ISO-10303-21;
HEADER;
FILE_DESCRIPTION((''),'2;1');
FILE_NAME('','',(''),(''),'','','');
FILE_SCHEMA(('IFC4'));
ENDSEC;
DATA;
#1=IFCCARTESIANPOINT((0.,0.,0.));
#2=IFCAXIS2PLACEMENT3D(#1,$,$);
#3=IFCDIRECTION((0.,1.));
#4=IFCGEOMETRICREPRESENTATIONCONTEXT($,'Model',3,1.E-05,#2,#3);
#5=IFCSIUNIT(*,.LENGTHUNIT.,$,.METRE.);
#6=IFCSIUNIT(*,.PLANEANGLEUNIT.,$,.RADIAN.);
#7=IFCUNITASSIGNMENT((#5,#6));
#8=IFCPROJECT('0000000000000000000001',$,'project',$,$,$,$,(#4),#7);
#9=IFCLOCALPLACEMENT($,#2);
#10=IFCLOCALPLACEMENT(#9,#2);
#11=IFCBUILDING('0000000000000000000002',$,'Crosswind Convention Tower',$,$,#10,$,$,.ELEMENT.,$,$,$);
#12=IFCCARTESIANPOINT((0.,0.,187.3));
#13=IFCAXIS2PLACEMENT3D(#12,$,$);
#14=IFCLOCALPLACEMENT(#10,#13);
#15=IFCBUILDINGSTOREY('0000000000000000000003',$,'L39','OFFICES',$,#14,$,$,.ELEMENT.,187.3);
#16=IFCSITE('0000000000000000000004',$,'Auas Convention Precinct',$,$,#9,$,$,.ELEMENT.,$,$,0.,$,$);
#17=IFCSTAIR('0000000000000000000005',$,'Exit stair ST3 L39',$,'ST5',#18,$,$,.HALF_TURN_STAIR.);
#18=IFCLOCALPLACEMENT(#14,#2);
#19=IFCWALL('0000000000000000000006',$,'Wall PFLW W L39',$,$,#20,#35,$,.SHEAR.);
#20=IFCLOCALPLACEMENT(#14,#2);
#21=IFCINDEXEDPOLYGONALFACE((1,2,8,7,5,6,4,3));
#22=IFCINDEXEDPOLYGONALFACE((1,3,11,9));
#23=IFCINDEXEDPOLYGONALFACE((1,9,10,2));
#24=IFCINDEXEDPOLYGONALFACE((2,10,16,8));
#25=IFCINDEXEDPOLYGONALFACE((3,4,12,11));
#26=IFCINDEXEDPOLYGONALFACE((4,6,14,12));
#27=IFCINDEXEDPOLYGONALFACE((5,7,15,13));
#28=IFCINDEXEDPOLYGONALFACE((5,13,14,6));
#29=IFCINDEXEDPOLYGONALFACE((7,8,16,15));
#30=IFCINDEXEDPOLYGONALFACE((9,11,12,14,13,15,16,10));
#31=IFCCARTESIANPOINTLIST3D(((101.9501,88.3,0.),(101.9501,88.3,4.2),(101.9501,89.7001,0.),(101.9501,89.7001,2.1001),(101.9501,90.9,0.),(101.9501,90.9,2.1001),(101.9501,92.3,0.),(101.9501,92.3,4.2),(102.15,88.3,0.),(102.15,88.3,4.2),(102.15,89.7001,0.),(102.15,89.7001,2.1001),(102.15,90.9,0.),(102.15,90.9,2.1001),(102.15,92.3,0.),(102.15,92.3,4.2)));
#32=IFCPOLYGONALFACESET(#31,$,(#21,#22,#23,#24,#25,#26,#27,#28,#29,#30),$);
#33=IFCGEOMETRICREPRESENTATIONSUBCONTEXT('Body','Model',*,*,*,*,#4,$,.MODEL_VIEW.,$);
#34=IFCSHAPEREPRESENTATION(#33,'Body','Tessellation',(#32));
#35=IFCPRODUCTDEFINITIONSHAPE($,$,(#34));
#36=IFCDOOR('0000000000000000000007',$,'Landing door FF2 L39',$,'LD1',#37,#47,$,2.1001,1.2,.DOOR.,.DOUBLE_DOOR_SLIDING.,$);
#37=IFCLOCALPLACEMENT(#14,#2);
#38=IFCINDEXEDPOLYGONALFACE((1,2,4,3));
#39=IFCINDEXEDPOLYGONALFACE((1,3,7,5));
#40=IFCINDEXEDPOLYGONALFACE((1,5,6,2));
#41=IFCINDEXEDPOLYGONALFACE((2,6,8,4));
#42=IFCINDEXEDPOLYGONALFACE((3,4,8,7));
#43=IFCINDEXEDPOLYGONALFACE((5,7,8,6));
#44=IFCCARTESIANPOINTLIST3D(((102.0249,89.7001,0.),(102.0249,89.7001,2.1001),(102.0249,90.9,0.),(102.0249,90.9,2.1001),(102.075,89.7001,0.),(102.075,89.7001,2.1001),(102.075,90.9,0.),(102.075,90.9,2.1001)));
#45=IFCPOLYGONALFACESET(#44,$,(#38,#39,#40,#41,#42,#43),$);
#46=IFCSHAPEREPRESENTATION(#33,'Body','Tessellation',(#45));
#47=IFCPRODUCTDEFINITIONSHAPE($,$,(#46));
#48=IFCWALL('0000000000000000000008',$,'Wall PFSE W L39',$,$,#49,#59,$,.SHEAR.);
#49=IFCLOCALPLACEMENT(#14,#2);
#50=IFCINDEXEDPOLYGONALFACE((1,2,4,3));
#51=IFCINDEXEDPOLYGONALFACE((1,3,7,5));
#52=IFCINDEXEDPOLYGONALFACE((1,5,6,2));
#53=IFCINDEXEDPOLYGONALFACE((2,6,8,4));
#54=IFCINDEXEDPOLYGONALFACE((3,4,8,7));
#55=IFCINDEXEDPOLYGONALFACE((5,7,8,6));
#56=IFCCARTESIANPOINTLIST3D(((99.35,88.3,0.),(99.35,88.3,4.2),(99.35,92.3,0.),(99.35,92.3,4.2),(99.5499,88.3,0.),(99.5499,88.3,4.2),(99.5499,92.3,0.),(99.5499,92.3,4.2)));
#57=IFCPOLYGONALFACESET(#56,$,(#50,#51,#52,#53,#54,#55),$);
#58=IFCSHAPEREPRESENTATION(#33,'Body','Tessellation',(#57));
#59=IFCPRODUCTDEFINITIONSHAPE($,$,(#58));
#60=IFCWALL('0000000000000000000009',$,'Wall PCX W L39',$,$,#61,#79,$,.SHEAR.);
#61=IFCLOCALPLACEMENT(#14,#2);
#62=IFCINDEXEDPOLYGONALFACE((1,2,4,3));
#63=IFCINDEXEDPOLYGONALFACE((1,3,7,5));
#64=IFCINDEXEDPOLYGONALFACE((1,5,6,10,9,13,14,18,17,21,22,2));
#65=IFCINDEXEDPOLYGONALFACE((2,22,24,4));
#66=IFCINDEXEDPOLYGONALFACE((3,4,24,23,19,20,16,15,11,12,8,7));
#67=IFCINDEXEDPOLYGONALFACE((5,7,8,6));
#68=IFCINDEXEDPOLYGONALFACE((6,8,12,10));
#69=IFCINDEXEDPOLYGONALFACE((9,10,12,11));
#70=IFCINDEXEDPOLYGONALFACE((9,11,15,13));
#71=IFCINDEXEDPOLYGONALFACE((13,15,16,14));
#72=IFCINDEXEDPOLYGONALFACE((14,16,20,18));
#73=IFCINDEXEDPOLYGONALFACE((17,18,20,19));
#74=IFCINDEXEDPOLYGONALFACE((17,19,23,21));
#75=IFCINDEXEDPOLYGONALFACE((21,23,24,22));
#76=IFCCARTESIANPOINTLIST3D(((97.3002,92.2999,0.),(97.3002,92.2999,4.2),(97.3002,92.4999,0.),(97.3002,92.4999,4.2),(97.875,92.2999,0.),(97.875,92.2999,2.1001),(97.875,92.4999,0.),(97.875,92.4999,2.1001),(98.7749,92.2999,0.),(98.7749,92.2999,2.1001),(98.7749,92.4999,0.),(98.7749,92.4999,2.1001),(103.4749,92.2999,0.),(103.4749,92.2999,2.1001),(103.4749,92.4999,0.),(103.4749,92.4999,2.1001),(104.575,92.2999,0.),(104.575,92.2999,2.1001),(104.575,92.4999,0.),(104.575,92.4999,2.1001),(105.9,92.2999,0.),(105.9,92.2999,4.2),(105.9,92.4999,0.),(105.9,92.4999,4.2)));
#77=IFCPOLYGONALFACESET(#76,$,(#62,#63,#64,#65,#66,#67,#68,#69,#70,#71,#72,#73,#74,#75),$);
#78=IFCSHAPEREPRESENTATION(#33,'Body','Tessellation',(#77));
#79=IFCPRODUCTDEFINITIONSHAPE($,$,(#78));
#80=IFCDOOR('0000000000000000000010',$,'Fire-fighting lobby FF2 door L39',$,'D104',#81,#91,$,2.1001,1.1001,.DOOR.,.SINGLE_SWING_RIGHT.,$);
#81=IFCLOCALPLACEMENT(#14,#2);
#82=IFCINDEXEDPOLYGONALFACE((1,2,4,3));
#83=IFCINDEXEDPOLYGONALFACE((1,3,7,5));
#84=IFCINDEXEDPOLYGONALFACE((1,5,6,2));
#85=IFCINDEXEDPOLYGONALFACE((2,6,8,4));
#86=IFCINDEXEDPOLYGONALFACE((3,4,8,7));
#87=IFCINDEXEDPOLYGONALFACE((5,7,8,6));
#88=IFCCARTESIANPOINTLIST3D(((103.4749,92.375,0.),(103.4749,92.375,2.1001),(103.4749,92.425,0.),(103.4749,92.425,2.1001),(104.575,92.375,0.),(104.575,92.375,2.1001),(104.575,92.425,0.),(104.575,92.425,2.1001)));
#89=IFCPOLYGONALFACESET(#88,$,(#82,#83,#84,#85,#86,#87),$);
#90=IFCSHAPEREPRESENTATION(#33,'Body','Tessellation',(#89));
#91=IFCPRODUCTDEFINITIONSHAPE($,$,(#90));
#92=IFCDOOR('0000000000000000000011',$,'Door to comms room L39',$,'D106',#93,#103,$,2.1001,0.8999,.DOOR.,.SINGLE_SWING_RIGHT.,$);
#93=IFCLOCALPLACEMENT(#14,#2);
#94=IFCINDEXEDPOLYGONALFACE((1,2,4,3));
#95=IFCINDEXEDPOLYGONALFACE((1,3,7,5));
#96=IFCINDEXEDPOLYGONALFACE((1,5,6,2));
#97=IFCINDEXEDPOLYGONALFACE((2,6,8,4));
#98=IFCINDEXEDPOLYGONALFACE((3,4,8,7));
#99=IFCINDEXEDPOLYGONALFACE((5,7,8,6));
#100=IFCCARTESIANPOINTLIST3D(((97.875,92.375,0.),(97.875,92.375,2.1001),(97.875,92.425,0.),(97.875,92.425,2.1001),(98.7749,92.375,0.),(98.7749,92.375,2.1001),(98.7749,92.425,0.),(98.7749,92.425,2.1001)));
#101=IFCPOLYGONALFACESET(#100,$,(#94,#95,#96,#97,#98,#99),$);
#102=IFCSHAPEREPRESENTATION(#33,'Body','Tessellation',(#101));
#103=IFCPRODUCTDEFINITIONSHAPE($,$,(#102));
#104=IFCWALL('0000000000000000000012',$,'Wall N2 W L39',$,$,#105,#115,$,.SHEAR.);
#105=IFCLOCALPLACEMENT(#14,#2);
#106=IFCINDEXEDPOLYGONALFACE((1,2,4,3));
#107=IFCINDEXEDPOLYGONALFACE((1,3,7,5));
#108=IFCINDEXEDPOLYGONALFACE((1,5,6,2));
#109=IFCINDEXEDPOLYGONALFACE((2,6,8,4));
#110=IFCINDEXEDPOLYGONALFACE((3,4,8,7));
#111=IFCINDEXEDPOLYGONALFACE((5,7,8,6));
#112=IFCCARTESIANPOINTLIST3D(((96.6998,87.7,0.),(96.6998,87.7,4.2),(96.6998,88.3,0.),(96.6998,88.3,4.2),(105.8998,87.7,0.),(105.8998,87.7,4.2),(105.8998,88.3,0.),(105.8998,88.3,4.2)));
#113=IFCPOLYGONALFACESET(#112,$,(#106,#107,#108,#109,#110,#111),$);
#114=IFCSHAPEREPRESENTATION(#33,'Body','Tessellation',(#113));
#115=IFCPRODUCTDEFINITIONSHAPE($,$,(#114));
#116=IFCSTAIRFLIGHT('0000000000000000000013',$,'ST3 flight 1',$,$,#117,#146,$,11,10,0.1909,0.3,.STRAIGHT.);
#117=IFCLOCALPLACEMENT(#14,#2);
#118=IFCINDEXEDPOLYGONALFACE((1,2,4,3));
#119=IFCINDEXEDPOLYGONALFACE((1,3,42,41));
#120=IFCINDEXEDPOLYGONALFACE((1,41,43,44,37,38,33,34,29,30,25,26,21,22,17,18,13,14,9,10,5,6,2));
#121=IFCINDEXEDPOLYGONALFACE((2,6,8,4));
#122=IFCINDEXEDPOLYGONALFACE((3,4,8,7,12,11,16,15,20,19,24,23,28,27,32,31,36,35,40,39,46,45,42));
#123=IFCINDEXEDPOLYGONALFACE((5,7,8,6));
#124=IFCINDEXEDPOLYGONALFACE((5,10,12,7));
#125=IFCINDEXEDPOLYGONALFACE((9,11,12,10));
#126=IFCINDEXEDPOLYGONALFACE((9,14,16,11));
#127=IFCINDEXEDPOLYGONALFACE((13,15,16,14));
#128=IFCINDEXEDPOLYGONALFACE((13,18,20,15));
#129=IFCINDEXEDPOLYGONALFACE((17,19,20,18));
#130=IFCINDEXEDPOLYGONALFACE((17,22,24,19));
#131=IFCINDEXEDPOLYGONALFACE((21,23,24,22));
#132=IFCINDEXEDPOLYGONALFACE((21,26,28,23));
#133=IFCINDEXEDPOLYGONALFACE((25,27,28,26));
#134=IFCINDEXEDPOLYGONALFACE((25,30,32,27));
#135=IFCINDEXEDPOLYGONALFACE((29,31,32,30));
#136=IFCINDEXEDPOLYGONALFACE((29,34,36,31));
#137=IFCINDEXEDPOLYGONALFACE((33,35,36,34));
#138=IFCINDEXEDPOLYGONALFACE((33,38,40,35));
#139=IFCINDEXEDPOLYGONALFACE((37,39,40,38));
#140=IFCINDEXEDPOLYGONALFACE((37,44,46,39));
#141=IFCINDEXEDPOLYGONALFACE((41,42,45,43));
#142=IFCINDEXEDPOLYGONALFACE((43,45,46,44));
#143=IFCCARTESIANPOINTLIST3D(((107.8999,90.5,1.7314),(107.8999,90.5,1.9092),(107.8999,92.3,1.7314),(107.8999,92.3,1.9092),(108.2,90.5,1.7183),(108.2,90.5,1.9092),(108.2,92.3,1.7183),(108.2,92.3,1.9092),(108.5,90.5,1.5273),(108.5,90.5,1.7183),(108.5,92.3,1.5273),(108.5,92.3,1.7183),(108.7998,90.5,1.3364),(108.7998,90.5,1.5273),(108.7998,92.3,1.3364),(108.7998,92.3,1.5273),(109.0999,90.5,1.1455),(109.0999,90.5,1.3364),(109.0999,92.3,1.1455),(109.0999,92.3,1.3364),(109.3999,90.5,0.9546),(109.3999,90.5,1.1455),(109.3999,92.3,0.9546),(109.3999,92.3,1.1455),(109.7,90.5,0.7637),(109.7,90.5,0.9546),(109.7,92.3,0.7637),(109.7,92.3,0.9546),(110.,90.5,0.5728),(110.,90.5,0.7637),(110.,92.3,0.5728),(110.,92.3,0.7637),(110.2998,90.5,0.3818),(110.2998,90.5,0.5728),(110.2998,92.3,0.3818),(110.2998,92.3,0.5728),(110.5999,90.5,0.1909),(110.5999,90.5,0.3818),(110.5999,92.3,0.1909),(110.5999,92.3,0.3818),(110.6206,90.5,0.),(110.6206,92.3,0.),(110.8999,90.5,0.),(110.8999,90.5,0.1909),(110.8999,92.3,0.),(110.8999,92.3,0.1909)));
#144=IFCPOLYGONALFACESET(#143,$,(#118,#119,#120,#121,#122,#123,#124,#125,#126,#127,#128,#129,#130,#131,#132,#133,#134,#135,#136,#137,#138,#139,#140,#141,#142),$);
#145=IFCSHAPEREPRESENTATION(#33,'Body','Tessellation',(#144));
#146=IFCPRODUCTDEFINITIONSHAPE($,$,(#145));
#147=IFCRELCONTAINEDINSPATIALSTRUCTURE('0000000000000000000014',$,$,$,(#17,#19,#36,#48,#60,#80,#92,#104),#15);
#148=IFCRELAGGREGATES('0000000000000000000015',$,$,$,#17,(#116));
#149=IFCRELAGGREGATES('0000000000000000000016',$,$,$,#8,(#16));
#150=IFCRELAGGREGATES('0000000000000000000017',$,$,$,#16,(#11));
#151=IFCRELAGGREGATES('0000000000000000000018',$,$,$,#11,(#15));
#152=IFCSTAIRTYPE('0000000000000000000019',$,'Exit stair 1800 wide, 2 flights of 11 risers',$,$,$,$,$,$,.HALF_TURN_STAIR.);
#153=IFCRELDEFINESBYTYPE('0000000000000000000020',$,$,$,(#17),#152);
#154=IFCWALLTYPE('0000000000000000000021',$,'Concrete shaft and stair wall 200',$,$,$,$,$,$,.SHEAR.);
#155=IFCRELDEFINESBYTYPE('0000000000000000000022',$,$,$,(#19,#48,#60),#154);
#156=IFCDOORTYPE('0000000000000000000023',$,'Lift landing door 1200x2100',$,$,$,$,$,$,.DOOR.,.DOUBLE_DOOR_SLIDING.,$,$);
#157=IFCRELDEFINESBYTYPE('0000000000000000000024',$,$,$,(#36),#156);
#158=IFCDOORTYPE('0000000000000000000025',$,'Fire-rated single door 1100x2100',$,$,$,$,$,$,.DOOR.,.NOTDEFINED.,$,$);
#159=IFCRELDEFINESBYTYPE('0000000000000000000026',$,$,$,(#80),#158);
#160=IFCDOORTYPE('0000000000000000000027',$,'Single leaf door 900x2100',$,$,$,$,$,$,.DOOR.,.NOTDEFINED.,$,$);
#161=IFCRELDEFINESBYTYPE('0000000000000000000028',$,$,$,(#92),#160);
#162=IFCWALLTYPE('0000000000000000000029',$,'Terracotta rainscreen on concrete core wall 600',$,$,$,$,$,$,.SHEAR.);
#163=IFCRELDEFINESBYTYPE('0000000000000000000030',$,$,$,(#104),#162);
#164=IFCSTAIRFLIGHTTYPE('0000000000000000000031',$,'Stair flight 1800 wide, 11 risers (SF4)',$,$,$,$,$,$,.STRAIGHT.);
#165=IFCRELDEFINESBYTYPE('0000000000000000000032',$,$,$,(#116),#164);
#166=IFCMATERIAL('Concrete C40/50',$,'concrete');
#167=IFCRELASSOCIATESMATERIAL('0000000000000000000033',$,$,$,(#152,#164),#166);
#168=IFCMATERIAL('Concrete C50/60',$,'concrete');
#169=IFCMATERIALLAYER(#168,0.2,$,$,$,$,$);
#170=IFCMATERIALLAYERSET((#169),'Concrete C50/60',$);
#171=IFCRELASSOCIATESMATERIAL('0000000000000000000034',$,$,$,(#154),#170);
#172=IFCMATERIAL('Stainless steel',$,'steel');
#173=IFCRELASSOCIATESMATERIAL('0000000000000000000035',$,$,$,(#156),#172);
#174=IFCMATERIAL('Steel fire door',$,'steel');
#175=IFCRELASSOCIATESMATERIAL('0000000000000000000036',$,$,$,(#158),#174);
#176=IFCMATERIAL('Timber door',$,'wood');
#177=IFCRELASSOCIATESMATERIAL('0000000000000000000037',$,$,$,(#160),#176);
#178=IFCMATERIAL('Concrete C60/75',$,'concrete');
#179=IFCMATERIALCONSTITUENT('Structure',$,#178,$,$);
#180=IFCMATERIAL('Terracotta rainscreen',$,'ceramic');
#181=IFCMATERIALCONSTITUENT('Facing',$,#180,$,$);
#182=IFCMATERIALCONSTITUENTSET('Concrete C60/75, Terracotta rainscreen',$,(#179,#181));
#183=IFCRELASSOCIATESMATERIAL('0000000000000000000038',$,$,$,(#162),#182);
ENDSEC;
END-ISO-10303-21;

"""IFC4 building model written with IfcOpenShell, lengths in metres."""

from ifc_helpers import new_model, si_unit, direction, frame, frame_2d, origin, place, context, subcontext, project, spatial, polyline, rectangle, outline, extrude, material, layer, layer_set, constituent, constituent_set, type_object, element, fill, aggregate, save


model = new_model("IFC4")

# Units and contexts
model_context = context("Model", 3, precision=1e-05, world=origin(), true_north=direction((0.0, 1.0)))
body_context = subcontext(model_context, "Body", "Model", "MODEL_VIEW")
ifc_project = project(units=[si_unit("LENGTHUNIT", "METRE"), si_unit("PLANEANGLEUNIT", "RADIAN")], contexts=[model_context])

# Site, building, storey
site_placement = place(None, origin())
site = spatial("IfcSite", under=ifc_project, at=site_placement, Name="Auas Convention Precinct", CompositionType="ELEMENT", RefElevation=0.0)
building_placement = place(site_placement, origin())
building = spatial("IfcBuilding", under=site, at=building_placement, Name="Crosswind Convention Tower", CompositionType="ELEMENT")
storey_placement = place(building_placement, frame((0.0, 0.0, 187.3)))
storey = spatial("IfcBuildingStorey", under=building, at=storey_placement, Name="L39", Description="OFFICES", CompositionType="ELEMENT", Elevation=187.3)

# Shared definitions
ifc_material_1 = material(Name="Concrete C40/50", Category="concrete")

# Stair
stair_type = type_object("IfcStairType", Name="Exit stair 1800 wide, 2 flights of 11 risers", PredefinedType="HALF_TURN_STAIR", material=ifc_material_1)
stair_1_placement = place(storey_placement, origin())
stair_1 = element("IfcStair", 1, at=stair_1_placement, inside=storey, type_object=stair_type, Name="Exit stair ST3 L39", ObjectType="ST5", PredefinedType="HALF_TURN_STAIR")

# Shared definitions
ifc_material_2 = material(Name="Concrete C50/60", Category="concrete")
ifc_layer_1 = layer(ifc_material_2, 0.2)
ifc_layer_set_1 = layer_set([ifc_layer_1], Name="Concrete C50/60")
wall_type_1 = type_object("IfcWallType", Name="Concrete shaft and stair wall 200", PredefinedType="SHEAR", material=ifc_layer_set_1)

# Wall, opening, door
wall_1_placement = place(storey_placement, frame((102.05, 92.3, 0.0), z_axis=(0.0, 0.0, 1.0), x_axis=(0.0, -1.0, 0.0)))
wall_1 = element("IfcWall", 2, at=wall_1_placement, inside=storey, type_object=wall_type_1, Name="Wall PFLW W L39", PredefinedType="SHEAR", context=body_context, shape_type="SweptSolid", body=[
    extrude(rectangle(XDim=4.0, YDim=0.2, at=frame_2d((2.0, 0.0))), origin(), (0.0, 0.0, 1.0), 4.2),
])
opening_1_placement = place(wall_1_placement, frame((1.3999, 0.0, 0.0)))
opening_1 = element("IfcOpeningElement", 3, at=opening_1_placement, cuts=wall_1, PredefinedType="OPENING", context=body_context, shape_type="SweptSolid", body=[
    extrude(rectangle(XDim=1.2, YDim=2.1001, at=frame_2d((0.6001, 1.05))), frame((0.0, 0.1099, 0.0), z_axis=(0.0, -1.0, 0.0), x_axis=(1.0, 0.0, 0.0)), (0.0, 0.0, 1.0), 0.22),
])
ifc_material_3 = material(Name="Stainless steel", Category="steel")
door_type_1 = type_object("IfcDoorType", Name="Lift landing door 1200x2100", OperationType="DOUBLE_DOOR_SLIDING", PredefinedType="DOOR", material=ifc_material_3)
door_1_placement = place(opening_1_placement, origin())
door_1 = element("IfcDoor", 4, at=door_1_placement, inside=storey, type_object=door_type_1, Name="Landing door FF2 L39", ObjectType="LD1", OperationType="DOUBLE_DOOR_SLIDING", OverallHeight=2.1001, OverallWidth=1.2, PredefinedType="DOOR", context=body_context, shape_type="SweptSolid", body=[
    extrude(rectangle(XDim=1.2, YDim=2.1001, at=frame_2d((0.6001, 1.05))), frame((0.0, 0.0249, 0.0), z_axis=(0.0, -1.0, 0.0), x_axis=(1.0, 0.0, 0.0)), (0.0, 0.0, 1.0), 0.05),
])
fill(opening_1, door_1)

# Wall
wall_2_placement = place(storey_placement, frame((99.45, 92.3, 0.0), z_axis=(0.0, 0.0, 1.0), x_axis=(0.0, -1.0, 0.0)))
element("IfcWall", 5, at=wall_2_placement, inside=storey, type_object=wall_type_1, Name="Wall PFSE W L39", PredefinedType="SHEAR", context=body_context, shape_type="SweptSolid", body=[
    extrude(rectangle(XDim=4.0, YDim=0.2, at=frame_2d((2.0, 0.0))), origin(), (0.0, 0.0, 1.0), 4.2),
])

# Wall, openings, doors
wall_3_placement = place(storey_placement, frame((105.8999, 92.3999, 0.0), z_axis=(0.0, 0.0, 1.0), x_axis=(-1.0, 0.0, 0.0)))
wall_3 = element("IfcWall", 6, at=wall_3_placement, inside=storey, type_object=wall_type_1, Name="Wall PCX W L39", PredefinedType="SHEAR", context=body_context, shape_type="SweptSolid", body=[
    extrude(rectangle(XDim=8.5999, YDim=0.2, at=frame_2d((4.2998, 0.0))), origin(), (0.0, 0.0, 1.0), 4.2),
])
opening_2_placement = place(wall_3_placement, frame((1.325, 0.0, 0.0)))
opening_2 = element("IfcOpeningElement", 7, at=opening_2_placement, cuts=wall_3, PredefinedType="OPENING", context=body_context, shape_type="SweptSolid", body=[
    extrude(rectangle(XDim=1.1001, YDim=2.1001, at=frame_2d((0.55, 1.05))), frame((0.0, 0.1099, 0.0), z_axis=(0.0, -1.0, 0.0), x_axis=(1.0, 0.0, 0.0)), (0.0, 0.0, 1.0), 0.22),
])
opening_3_placement = place(wall_3_placement, frame((7.125, 0.0, 0.0)))
opening_3 = element("IfcOpeningElement", 8, at=opening_3_placement, cuts=wall_3, PredefinedType="OPENING", context=body_context, shape_type="SweptSolid", body=[
    extrude(rectangle(XDim=0.8999, YDim=2.1001, at=frame_2d((0.45, 1.05))), frame((0.0, 0.1099, 0.0), z_axis=(0.0, -1.0, 0.0), x_axis=(1.0, 0.0, 0.0)), (0.0, 0.0, 1.0), 0.22),
])
ifc_material_4 = material(Name="Steel fire door", Category="steel")
door_type_2 = type_object("IfcDoorType", Name="Fire-rated single door 1100x2100", OperationType="NOTDEFINED", PredefinedType="DOOR", material=ifc_material_4)
door_2_placement = place(opening_2_placement, origin())
door_2 = element("IfcDoor", 9, at=door_2_placement, inside=storey, type_object=door_type_2, Name="Fire-fighting lobby FF2 door L39", ObjectType="D104", OperationType="SINGLE_SWING_RIGHT", OverallHeight=2.1001, OverallWidth=1.1001, PredefinedType="DOOR", context=body_context, shape_type="SweptSolid", body=[
    extrude(rectangle(XDim=1.1001, YDim=2.1001, at=frame_2d((0.55, 1.05))), frame((0.0, 0.0249, 0.0), z_axis=(0.0, -1.0, 0.0), x_axis=(1.0, 0.0, 0.0)), (0.0, 0.0, 1.0), 0.05),
])
fill(opening_2, door_2)
ifc_material_5 = material(Name="Timber door", Category="wood")
door_type_3 = type_object("IfcDoorType", Name="Single leaf door 900x2100", OperationType="NOTDEFINED", PredefinedType="DOOR", material=ifc_material_5)
door_3_placement = place(opening_3_placement, origin())
door_3 = element("IfcDoor", 10, at=door_3_placement, inside=storey, type_object=door_type_3, Name="Door to comms room L39", ObjectType="D106", OperationType="SINGLE_SWING_RIGHT", OverallHeight=2.1001, OverallWidth=0.8999, PredefinedType="DOOR", context=body_context, shape_type="SweptSolid", body=[
    extrude(rectangle(XDim=0.8999, YDim=2.1001, at=frame_2d((0.45, 1.05))), frame((0.0, 0.0249, 0.0), z_axis=(0.0, -1.0, 0.0), x_axis=(1.0, 0.0, 0.0)), (0.0, 0.0, 1.0), 0.05),
])
fill(opening_3, door_3)

# Wall
ifc_material_6 = material(Name="Concrete C60/75", Category="concrete")
ifc_constituent_1 = constituent(ifc_material_6, Name="Structure")
ifc_material_7 = material(Name="Terracotta rainscreen", Category="ceramic")
ifc_constituent_2 = constituent(ifc_material_7, Name="Facing")
ifc_constituent_set = constituent_set(constituents=[ifc_constituent_1, ifc_constituent_2], Name="Concrete C60/75, Terracotta rainscreen")
wall_type_2 = type_object("IfcWallType", Name="Terracotta rainscreen on concrete core wall 600", PredefinedType="SHEAR", material=ifc_constituent_set)
wall_4_placement = place(storey_placement, frame((105.8999, 88.0, 0.0), z_axis=(0.0, 0.0, 1.0), x_axis=(-1.0, 0.0, 0.0)))
element("IfcWall", 11, at=wall_4_placement, inside=storey, type_object=wall_type_2, Name="Wall N2 W L39", PredefinedType="SHEAR", context=body_context, shape_type="SweptSolid", body=[
    extrude(rectangle(XDim=9.2, YDim=0.6001, at=frame_2d((4.6001, 0.0))), origin(), (0.0, 0.0, 1.0), 4.2),
])

# Stair flight
stair_flight_type = type_object("IfcStairFlightType", Name="Stair flight 1800 wide, 11 risers (SF4)", PredefinedType="STRAIGHT", material=ifc_material_1)
stair_flight_1_placement = place(storey_placement, frame((110.8999, 91.3999, 0.0), z_axis=(0.0, 0.0, 1.0), x_axis=(-1.0, 0.0, 0.0)))
stair_flight_1 = element("IfcStairFlight", 12, at=stair_flight_1_placement, type_object=stair_flight_type, Name="ST3 flight 1", NumberOfRisers=11, NumberOfTreads=10, PredefinedType="STRAIGHT", RiserHeight=0.1909, TreadLength=0.3, context=body_context, shape_type="SweptSolid", body=[
    extrude(outline(polyline([(0.0, 0.0), (0.0, 0.1909), (0.3, 0.1909), (0.3, 0.3818), (0.6001, 0.3818), (0.6001, 0.5728), (0.8999, 0.5728), (0.8999, 0.7637), (1.2, 0.7637), (1.2, 0.9546), (1.5, 0.9546), (1.5, 1.1455), (1.8, 1.1455), (1.8, 1.3364), (2.1001, 1.3364), (2.1001, 1.5273), (2.3999, 1.5273), (2.3999, 1.7183), (2.7, 1.7183), (2.7, 1.9092), (3.0, 1.9092), (3.0, 2.1001), (3.0, 1.7314), (0.2793, 0.0), (0.0, 0.0)])), frame((0.0, 0.8999, 0.0), z_axis=(0.0, -1.0, 0.0), x_axis=(1.0, 0.0, 0.0)), (0.0, 0.0, 1.0), 1.8),
])
aggregate(stair_1, [stair_flight_1])

save(model, "model.ifc")
